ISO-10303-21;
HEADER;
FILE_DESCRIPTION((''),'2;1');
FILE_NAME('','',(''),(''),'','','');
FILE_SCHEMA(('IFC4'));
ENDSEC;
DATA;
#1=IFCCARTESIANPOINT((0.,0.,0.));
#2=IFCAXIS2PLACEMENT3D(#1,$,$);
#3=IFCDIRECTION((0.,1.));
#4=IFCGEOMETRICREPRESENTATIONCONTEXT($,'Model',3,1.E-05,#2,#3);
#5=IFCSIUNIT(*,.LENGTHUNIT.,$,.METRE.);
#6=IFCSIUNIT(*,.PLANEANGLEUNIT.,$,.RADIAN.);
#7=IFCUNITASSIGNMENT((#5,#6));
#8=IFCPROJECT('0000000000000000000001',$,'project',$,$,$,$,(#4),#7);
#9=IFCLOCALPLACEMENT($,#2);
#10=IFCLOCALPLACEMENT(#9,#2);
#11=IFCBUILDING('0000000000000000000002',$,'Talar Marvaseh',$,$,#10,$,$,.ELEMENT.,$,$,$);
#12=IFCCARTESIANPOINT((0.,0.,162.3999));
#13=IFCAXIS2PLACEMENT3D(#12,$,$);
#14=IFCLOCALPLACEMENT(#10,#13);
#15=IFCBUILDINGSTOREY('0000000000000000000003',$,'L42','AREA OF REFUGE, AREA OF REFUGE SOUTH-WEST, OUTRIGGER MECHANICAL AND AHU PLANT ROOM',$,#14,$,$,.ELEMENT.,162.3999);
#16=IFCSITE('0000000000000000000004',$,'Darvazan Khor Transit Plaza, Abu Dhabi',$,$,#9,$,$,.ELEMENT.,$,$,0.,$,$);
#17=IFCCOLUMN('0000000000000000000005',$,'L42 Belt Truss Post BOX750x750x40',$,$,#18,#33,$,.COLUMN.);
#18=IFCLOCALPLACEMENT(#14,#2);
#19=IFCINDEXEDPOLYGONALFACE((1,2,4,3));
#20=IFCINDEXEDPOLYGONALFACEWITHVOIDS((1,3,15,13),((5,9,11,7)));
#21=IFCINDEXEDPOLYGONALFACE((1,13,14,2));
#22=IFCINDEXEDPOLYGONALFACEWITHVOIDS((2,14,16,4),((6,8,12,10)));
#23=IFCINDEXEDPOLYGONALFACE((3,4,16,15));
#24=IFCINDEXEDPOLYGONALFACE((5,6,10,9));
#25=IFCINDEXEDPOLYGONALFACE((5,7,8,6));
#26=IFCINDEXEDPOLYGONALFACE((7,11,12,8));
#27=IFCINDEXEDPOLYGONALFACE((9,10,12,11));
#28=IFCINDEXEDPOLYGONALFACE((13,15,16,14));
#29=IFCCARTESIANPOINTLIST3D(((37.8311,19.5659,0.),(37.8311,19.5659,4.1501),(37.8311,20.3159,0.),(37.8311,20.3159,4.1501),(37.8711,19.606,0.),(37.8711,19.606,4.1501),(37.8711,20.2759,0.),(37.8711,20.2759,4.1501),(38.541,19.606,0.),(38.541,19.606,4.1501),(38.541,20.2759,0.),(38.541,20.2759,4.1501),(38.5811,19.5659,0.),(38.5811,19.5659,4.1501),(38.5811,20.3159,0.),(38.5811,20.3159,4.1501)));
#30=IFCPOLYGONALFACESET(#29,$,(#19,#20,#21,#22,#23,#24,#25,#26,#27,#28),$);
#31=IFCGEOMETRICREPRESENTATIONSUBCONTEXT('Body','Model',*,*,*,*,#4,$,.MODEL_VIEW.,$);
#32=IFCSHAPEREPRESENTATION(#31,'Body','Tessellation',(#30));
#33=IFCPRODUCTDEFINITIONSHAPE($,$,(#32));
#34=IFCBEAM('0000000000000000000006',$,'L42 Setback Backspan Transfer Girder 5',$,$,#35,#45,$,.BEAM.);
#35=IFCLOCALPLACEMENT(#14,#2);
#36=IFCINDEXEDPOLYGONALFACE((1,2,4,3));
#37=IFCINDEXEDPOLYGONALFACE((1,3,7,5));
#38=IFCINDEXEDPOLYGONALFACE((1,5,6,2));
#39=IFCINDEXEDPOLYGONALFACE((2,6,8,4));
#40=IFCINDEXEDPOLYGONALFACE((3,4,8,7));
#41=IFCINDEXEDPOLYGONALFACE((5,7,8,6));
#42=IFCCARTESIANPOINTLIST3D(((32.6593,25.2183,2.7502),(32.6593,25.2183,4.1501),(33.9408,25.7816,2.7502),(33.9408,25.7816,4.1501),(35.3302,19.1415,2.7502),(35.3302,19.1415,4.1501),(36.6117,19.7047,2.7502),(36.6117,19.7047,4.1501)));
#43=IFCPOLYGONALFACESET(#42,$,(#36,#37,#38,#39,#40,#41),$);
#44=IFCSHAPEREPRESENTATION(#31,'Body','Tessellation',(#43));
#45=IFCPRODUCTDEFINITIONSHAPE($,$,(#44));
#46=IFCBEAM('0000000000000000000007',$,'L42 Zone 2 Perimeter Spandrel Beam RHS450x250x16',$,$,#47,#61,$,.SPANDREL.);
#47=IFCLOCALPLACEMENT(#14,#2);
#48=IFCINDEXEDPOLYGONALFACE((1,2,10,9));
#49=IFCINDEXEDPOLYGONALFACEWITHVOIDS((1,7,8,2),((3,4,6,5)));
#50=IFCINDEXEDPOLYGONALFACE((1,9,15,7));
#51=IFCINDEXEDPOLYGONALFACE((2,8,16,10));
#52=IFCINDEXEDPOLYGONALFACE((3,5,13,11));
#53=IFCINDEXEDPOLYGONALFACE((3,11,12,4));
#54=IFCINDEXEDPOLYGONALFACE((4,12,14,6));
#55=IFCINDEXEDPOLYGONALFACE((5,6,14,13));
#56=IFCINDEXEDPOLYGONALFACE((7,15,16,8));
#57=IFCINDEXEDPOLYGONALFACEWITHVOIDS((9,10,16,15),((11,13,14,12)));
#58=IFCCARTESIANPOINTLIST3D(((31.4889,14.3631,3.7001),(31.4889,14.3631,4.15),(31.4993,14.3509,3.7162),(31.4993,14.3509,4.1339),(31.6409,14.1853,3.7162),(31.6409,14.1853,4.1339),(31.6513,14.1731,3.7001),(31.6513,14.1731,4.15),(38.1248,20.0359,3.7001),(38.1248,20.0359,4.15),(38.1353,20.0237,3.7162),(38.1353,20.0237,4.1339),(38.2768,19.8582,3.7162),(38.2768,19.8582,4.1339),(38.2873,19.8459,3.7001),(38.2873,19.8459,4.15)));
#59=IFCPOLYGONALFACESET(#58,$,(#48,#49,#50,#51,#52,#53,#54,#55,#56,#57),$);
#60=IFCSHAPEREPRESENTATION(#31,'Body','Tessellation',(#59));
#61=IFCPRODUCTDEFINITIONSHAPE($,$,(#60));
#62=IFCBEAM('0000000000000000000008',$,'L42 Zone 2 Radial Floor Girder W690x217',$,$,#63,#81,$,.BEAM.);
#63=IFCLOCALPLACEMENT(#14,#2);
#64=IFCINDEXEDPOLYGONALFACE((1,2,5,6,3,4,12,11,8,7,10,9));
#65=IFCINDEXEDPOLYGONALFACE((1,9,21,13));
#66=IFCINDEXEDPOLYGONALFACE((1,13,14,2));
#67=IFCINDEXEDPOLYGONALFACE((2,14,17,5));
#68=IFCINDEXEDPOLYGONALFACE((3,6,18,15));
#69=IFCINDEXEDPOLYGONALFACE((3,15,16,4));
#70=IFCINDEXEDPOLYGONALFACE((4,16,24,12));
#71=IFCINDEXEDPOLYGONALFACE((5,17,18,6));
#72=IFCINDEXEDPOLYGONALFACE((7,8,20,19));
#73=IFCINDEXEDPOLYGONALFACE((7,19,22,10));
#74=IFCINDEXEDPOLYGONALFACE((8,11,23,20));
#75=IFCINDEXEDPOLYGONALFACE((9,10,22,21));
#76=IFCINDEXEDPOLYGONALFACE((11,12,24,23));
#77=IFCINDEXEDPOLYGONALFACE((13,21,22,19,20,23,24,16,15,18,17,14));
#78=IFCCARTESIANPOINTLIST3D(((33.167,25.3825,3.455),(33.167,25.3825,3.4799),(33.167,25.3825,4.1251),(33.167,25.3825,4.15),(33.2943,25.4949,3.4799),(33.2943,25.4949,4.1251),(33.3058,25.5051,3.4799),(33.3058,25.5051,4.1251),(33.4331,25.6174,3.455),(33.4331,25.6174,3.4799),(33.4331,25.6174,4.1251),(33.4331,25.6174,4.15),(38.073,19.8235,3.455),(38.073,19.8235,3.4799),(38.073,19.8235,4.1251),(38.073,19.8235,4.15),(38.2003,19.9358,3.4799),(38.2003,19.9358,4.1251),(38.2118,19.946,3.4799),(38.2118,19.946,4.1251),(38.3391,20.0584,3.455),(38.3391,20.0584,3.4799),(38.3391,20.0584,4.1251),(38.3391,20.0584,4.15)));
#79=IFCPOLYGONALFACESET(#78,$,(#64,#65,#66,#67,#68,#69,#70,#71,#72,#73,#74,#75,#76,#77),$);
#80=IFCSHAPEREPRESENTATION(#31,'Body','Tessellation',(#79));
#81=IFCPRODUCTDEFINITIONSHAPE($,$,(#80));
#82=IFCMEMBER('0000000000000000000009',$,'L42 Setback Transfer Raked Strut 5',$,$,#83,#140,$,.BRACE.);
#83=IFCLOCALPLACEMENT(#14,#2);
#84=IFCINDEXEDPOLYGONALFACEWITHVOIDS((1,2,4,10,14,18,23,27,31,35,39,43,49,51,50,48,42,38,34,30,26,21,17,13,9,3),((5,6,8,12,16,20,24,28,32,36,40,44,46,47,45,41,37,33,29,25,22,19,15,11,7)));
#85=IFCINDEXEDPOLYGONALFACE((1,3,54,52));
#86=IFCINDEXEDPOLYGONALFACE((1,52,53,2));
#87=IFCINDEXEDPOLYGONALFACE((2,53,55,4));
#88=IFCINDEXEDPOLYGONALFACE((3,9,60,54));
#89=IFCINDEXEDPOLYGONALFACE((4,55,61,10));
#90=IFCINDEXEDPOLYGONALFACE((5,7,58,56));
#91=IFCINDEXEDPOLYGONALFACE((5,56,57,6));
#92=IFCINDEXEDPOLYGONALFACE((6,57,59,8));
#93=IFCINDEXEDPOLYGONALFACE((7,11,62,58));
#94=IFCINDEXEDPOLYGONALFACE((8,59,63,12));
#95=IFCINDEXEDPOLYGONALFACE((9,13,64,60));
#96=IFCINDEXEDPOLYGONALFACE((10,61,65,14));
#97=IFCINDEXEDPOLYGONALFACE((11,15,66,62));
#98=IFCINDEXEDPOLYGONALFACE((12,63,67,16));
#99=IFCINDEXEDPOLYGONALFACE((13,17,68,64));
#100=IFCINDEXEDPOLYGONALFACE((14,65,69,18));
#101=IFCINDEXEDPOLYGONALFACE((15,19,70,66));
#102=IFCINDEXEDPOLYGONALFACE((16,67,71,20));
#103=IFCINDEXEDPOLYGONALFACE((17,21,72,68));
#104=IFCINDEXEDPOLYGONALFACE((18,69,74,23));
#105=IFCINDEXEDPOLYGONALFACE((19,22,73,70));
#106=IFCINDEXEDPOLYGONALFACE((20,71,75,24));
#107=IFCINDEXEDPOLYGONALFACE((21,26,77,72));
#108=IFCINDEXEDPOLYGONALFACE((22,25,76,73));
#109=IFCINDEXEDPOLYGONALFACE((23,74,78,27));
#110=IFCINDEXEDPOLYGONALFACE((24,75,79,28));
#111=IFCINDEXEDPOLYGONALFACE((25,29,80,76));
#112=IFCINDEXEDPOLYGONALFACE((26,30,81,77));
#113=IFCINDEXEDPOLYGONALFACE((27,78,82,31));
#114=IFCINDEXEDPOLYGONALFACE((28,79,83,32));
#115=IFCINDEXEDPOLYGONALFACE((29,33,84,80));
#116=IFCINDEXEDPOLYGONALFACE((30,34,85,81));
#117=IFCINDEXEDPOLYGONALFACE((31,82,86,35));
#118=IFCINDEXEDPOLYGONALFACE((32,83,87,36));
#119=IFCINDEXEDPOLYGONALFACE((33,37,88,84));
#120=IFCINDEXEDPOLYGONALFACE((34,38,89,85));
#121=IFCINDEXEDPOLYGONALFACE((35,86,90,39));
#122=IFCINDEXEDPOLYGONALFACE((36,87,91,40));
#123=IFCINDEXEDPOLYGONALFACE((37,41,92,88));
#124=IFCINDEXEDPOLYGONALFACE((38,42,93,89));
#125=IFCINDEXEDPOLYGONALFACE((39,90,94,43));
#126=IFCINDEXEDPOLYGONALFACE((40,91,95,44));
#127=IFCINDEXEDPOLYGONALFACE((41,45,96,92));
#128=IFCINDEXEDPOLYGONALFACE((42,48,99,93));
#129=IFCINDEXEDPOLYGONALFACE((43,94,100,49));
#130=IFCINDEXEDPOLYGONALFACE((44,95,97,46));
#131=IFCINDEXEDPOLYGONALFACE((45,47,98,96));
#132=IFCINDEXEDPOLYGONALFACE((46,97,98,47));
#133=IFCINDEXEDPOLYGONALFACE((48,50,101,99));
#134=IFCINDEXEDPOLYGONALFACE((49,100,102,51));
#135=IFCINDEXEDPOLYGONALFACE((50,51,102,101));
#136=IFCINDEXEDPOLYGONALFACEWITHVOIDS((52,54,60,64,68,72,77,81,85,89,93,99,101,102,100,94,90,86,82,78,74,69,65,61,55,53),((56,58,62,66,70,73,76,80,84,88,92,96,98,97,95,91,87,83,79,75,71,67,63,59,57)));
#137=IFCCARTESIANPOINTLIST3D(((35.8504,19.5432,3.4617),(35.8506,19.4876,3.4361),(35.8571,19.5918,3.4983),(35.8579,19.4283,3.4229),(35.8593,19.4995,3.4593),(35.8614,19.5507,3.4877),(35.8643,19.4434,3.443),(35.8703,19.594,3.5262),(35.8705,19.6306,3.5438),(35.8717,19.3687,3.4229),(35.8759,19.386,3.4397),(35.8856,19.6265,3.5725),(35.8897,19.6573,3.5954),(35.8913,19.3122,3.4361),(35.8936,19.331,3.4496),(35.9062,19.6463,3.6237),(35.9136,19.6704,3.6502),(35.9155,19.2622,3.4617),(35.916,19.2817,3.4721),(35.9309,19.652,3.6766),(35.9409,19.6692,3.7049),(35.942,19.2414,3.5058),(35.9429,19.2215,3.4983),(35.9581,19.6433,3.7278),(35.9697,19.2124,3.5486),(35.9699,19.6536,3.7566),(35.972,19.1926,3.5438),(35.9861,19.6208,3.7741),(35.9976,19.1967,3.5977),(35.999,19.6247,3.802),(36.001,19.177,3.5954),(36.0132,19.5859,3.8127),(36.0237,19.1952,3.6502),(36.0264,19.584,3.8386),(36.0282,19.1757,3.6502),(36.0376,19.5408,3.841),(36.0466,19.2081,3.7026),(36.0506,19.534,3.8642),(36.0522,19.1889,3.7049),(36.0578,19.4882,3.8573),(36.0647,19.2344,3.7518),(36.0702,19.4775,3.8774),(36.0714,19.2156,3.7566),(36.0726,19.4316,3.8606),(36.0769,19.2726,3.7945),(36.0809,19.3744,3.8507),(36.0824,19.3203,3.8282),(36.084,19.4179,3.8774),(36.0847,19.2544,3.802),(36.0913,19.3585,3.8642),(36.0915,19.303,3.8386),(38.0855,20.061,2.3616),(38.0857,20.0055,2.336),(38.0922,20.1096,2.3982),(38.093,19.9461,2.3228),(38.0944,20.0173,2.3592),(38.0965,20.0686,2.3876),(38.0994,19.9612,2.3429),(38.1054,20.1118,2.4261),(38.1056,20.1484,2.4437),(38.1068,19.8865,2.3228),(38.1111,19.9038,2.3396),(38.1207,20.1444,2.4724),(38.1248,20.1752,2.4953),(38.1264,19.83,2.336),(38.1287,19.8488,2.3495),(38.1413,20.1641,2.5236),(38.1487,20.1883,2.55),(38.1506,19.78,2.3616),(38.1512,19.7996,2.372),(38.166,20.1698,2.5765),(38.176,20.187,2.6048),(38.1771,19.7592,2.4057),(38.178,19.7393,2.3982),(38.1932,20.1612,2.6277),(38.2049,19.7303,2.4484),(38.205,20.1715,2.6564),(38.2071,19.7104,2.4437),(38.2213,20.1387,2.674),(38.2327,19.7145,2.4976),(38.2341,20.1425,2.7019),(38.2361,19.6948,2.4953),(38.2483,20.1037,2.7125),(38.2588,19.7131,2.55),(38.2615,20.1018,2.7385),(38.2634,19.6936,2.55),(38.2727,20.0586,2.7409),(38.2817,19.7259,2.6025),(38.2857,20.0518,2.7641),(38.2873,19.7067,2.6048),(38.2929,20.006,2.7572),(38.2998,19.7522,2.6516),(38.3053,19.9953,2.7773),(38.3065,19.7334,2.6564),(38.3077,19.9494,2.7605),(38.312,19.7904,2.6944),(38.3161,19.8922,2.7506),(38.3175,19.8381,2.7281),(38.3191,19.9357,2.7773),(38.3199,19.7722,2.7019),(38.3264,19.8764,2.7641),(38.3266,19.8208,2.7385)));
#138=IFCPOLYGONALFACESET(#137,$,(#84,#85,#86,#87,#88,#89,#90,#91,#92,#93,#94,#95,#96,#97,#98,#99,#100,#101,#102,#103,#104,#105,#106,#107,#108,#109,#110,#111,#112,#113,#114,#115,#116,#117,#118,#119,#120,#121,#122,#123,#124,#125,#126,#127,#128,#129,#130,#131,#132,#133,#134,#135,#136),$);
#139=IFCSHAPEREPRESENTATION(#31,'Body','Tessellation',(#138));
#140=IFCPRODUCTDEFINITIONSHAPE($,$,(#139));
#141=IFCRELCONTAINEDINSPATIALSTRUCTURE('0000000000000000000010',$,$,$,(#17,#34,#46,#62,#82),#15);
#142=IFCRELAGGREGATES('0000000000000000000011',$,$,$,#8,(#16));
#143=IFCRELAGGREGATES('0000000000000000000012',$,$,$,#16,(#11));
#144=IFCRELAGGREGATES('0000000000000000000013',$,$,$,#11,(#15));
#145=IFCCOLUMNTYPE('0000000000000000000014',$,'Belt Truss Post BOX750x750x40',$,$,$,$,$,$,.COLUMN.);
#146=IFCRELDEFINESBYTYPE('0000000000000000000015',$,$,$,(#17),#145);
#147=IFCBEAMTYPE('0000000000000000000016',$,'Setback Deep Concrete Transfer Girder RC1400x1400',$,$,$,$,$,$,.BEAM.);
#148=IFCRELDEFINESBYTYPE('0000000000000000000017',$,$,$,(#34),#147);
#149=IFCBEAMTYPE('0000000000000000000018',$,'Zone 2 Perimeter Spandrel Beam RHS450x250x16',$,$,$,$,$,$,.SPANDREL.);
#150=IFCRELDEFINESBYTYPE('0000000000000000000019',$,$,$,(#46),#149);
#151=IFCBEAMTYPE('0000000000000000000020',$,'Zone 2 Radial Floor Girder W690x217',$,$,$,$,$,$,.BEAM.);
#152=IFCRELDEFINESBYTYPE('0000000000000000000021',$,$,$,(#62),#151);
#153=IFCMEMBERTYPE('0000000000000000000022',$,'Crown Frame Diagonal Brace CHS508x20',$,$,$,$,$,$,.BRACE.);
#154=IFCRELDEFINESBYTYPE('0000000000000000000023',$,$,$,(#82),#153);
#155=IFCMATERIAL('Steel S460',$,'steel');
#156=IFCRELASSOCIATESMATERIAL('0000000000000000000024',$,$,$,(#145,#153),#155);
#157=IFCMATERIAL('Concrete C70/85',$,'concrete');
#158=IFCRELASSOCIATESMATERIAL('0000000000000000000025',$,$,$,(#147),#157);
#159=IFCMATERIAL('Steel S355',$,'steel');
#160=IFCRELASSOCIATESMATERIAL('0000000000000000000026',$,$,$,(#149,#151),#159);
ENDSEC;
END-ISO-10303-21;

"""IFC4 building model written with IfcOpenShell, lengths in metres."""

from ifc_helpers import new_model, si_unit, direction, frame, origin, origin_2d, place, context, subcontext, project, spatial, rectangle, hollow_rectangle, hollow_circle, i_section, extrude, source, transform, mapped, material, material_profile, profile_set, type_object, type_shapes, element, save


model = new_model("IFC4")

# Units and contexts
model_context = context("Model", 3, precision=1e-05, world=origin(), true_north=direction((0.0, 1.0)))
body_context = subcontext(model_context, "Body", "Model", "MODEL_VIEW")
ifc_project = project(units=[si_unit("LENGTHUNIT", "METRE"), si_unit("PLANEANGLEUNIT", "RADIAN")], contexts=[model_context])

# Site, building, storey
site_placement = place(None, origin())
site = spatial("IfcSite", under=ifc_project, at=site_placement, Name="Darvazan Khor Transit Plaza, Abu Dhabi", CompositionType="ELEMENT", RefElevation=0.0)
building_placement = place(site_placement, origin())
building = spatial("IfcBuilding", under=site, at=building_placement, Name="Talar Marvaseh", CompositionType="ELEMENT")
storey_placement = place(building_placement, frame((0.0, 0.0, 162.3999)))
storey = spatial("IfcBuildingStorey", under=building, at=storey_placement, Name="L42", Description="AREA OF REFUGE, AREA OF REFUGE SOUTH-WEST, OUTRIGGER MECHANICAL AND AHU PLANT ROOM", CompositionType="ELEMENT", Elevation=162.3999)

# Column
ifc_material_1 = material(Name="Steel S460", Category="steel")
ifc_material_profile_1 = material_profile(ifc_material_1, hollow_rectangle(XDim=0.75, YDim=0.75, WallThickness=0.04, at=origin_2d()), Name="BOX750x750x40")
ifc_profile_set_1 = profile_set([ifc_material_profile_1], Name="Steel S460")
column_type = type_object("IfcColumnType", Name="Belt Truss Post BOX750x750x40", PredefinedType="COLUMN", material=ifc_profile_set_1)
column_placement = place(storey_placement, frame((38.2061, 19.9409, 0.0), z_axis=(0.0, 0.0, 1.0), x_axis=(1.0, 0.0, 0.0)))
element("IfcColumn", 1, at=column_placement, inside=storey, type_object=column_type, Name="L42 Belt Truss Post BOX750x750x40", PredefinedType="COLUMN", context=body_context, shape_type="SweptSolid", body=[
    extrude(hollow_rectangle(XDim=0.75, YDim=0.75, WallThickness=0.04, at=origin_2d()), origin(), (0.0, 0.0, 1.0), 4.1501),
])

# Beams
ifc_material_2 = material(Name="Concrete C70/85", Category="concrete")
ifc_material_profile_2 = material_profile(ifc_material_2, rectangle(XDim=1.3999, YDim=1.3999, at=origin_2d()), Name="RC1400x1400")
ifc_profile_set_2 = profile_set([ifc_material_profile_2], Name="Concrete C70/85")
beam_type_1 = type_object("IfcBeamType", Name="Setback Deep Concrete Transfer Girder RC1400x1400", PredefinedType="BEAM", material=ifc_profile_set_2)
beam_1_placement = place(storey_placement, frame((35.9709, 19.4231, 3.4502), z_axis=(-0.402368, 0.915478, 0.0), x_axis=(-0.915478, -0.402368, 0.0)))
element("IfcBeam", 2, at=beam_1_placement, inside=storey, type_object=beam_type_1, Name="L42 Setback Backspan Transfer Girder 5", PredefinedType="BEAM", context=body_context, shape_type="SweptSolid", body=[
    extrude(rectangle(XDim=1.3999, YDim=1.3999, at=origin_2d()), origin(), (0.0, 0.0, 1.0), 6.6379),
])
ifc_material_3 = material(Name="Steel S355", Category="steel")
ifc_material_profile_3 = material_profile(ifc_material_3, hollow_rectangle(XDim=0.25, YDim=0.45, WallThickness=0.0161, at=origin_2d()), Name="RHS450x250x16")
ifc_profile_set_3 = profile_set([ifc_material_profile_3], Name="Steel S355")
beam_type_2 = type_object("IfcBeamType", Name="Zone 2 Perimeter Spandrel Beam RHS450x250x16", PredefinedType="SPANDREL", material=ifc_profile_set_3)
beam_2_placement = place(storey_placement, frame((38.2061, 19.9409, 3.925), z_axis=(-0.760113, -0.649791, 0.0), x_axis=(0.649791, -0.760113, 0.0)))
element("IfcBeam", 3, at=beam_2_placement, inside=storey, type_object=beam_type_2, Name="L42 Zone 2 Perimeter Spandrel Beam RHS450x250x16", PredefinedType="SPANDREL", context=body_context, shape_type="SweptSolid", body=[
    extrude(hollow_rectangle(XDim=0.25, YDim=0.45, WallThickness=0.0161, at=origin_2d()), origin(), (0.0, 0.0, 1.0), 8.7302),
])
ifc_material_profile_4 = material_profile(ifc_material_3, i_section(OverallWidth=0.355, OverallDepth=0.6951, WebThickness=0.0154, FlangeThickness=0.0249, at=origin_2d()), Name="W690x217")
ifc_profile_set_4 = profile_set([ifc_material_profile_4], Name="Steel S355")
beam_type_3 = type_object("IfcBeamType", Name="Zone 2 Radial Floor Girder W690x217", PredefinedType="BEAM", material=ifc_profile_set_4)
beam_3_placement = place(storey_placement, frame((38.2061, 19.9409, 3.8025), z_axis=(-0.661692, 0.749775, 0.0), x_axis=(-0.749775, -0.661692, 0.0)))
element("IfcBeam", 4, at=beam_3_placement, inside=storey, type_object=beam_type_3, Name="L42 Zone 2 Radial Floor Girder W690x217", PredefinedType="BEAM", context=body_context, shape_type="SweptSolid", body=[
    extrude(i_section(OverallWidth=0.355, OverallDepth=0.6951, WebThickness=0.0154, FlangeThickness=0.0249, at=origin_2d()), origin(), (0.0, 0.0, 1.0), 7.4143),
])

# Member
ifc_material_profile_5 = material_profile(ifc_material_1, hollow_circle(Radius=0.2539, WallThickness=0.02, at=origin_2d()), Name="CHS508x20")
ifc_profile_set_5 = profile_set([ifc_material_profile_5], Name="Steel S460")
member_type_1 = type_object("IfcMemberType", Name="Crown Frame Diagonal Brace CHS508x20", PredefinedType="BRACE", material=ifc_profile_set_5)
shared_shape_1 = source(origin(), body_context, "Body", "SweptSolid", [
    extrude(hollow_circle(Radius=0.2539, WallThickness=0.02, at=origin_2d()), origin(), (0.0, 0.0, 1.0), 2.5444),
])
type_shapes(member_type_1, [shared_shape_1])
member_1_placement = place(storey_placement, frame((38.2061, 19.9409, 2.55), z_axis=(-0.878436, -0.203513, 0.432357), x_axis=(0.225699, -0.974197, 0.0)))
element("IfcMember", 5, at=member_1_placement, inside=storey, type_object=member_type_1, Name="L42 Setback Transfer Raked Strut 5", PredefinedType="BRACE", context=body_context, shape_type="MappedRepresentation", body=[
    mapped(shared_shape_1, transform((0.0, 0.0, 0.0), x_axis=(1.0, 0.0, 0.0), y_axis=(0.0, 1.0, 0.0), z_axis=(0.0, 0.0, 1.0), scale=1.0)),
])

save(model, "model.ifc")
